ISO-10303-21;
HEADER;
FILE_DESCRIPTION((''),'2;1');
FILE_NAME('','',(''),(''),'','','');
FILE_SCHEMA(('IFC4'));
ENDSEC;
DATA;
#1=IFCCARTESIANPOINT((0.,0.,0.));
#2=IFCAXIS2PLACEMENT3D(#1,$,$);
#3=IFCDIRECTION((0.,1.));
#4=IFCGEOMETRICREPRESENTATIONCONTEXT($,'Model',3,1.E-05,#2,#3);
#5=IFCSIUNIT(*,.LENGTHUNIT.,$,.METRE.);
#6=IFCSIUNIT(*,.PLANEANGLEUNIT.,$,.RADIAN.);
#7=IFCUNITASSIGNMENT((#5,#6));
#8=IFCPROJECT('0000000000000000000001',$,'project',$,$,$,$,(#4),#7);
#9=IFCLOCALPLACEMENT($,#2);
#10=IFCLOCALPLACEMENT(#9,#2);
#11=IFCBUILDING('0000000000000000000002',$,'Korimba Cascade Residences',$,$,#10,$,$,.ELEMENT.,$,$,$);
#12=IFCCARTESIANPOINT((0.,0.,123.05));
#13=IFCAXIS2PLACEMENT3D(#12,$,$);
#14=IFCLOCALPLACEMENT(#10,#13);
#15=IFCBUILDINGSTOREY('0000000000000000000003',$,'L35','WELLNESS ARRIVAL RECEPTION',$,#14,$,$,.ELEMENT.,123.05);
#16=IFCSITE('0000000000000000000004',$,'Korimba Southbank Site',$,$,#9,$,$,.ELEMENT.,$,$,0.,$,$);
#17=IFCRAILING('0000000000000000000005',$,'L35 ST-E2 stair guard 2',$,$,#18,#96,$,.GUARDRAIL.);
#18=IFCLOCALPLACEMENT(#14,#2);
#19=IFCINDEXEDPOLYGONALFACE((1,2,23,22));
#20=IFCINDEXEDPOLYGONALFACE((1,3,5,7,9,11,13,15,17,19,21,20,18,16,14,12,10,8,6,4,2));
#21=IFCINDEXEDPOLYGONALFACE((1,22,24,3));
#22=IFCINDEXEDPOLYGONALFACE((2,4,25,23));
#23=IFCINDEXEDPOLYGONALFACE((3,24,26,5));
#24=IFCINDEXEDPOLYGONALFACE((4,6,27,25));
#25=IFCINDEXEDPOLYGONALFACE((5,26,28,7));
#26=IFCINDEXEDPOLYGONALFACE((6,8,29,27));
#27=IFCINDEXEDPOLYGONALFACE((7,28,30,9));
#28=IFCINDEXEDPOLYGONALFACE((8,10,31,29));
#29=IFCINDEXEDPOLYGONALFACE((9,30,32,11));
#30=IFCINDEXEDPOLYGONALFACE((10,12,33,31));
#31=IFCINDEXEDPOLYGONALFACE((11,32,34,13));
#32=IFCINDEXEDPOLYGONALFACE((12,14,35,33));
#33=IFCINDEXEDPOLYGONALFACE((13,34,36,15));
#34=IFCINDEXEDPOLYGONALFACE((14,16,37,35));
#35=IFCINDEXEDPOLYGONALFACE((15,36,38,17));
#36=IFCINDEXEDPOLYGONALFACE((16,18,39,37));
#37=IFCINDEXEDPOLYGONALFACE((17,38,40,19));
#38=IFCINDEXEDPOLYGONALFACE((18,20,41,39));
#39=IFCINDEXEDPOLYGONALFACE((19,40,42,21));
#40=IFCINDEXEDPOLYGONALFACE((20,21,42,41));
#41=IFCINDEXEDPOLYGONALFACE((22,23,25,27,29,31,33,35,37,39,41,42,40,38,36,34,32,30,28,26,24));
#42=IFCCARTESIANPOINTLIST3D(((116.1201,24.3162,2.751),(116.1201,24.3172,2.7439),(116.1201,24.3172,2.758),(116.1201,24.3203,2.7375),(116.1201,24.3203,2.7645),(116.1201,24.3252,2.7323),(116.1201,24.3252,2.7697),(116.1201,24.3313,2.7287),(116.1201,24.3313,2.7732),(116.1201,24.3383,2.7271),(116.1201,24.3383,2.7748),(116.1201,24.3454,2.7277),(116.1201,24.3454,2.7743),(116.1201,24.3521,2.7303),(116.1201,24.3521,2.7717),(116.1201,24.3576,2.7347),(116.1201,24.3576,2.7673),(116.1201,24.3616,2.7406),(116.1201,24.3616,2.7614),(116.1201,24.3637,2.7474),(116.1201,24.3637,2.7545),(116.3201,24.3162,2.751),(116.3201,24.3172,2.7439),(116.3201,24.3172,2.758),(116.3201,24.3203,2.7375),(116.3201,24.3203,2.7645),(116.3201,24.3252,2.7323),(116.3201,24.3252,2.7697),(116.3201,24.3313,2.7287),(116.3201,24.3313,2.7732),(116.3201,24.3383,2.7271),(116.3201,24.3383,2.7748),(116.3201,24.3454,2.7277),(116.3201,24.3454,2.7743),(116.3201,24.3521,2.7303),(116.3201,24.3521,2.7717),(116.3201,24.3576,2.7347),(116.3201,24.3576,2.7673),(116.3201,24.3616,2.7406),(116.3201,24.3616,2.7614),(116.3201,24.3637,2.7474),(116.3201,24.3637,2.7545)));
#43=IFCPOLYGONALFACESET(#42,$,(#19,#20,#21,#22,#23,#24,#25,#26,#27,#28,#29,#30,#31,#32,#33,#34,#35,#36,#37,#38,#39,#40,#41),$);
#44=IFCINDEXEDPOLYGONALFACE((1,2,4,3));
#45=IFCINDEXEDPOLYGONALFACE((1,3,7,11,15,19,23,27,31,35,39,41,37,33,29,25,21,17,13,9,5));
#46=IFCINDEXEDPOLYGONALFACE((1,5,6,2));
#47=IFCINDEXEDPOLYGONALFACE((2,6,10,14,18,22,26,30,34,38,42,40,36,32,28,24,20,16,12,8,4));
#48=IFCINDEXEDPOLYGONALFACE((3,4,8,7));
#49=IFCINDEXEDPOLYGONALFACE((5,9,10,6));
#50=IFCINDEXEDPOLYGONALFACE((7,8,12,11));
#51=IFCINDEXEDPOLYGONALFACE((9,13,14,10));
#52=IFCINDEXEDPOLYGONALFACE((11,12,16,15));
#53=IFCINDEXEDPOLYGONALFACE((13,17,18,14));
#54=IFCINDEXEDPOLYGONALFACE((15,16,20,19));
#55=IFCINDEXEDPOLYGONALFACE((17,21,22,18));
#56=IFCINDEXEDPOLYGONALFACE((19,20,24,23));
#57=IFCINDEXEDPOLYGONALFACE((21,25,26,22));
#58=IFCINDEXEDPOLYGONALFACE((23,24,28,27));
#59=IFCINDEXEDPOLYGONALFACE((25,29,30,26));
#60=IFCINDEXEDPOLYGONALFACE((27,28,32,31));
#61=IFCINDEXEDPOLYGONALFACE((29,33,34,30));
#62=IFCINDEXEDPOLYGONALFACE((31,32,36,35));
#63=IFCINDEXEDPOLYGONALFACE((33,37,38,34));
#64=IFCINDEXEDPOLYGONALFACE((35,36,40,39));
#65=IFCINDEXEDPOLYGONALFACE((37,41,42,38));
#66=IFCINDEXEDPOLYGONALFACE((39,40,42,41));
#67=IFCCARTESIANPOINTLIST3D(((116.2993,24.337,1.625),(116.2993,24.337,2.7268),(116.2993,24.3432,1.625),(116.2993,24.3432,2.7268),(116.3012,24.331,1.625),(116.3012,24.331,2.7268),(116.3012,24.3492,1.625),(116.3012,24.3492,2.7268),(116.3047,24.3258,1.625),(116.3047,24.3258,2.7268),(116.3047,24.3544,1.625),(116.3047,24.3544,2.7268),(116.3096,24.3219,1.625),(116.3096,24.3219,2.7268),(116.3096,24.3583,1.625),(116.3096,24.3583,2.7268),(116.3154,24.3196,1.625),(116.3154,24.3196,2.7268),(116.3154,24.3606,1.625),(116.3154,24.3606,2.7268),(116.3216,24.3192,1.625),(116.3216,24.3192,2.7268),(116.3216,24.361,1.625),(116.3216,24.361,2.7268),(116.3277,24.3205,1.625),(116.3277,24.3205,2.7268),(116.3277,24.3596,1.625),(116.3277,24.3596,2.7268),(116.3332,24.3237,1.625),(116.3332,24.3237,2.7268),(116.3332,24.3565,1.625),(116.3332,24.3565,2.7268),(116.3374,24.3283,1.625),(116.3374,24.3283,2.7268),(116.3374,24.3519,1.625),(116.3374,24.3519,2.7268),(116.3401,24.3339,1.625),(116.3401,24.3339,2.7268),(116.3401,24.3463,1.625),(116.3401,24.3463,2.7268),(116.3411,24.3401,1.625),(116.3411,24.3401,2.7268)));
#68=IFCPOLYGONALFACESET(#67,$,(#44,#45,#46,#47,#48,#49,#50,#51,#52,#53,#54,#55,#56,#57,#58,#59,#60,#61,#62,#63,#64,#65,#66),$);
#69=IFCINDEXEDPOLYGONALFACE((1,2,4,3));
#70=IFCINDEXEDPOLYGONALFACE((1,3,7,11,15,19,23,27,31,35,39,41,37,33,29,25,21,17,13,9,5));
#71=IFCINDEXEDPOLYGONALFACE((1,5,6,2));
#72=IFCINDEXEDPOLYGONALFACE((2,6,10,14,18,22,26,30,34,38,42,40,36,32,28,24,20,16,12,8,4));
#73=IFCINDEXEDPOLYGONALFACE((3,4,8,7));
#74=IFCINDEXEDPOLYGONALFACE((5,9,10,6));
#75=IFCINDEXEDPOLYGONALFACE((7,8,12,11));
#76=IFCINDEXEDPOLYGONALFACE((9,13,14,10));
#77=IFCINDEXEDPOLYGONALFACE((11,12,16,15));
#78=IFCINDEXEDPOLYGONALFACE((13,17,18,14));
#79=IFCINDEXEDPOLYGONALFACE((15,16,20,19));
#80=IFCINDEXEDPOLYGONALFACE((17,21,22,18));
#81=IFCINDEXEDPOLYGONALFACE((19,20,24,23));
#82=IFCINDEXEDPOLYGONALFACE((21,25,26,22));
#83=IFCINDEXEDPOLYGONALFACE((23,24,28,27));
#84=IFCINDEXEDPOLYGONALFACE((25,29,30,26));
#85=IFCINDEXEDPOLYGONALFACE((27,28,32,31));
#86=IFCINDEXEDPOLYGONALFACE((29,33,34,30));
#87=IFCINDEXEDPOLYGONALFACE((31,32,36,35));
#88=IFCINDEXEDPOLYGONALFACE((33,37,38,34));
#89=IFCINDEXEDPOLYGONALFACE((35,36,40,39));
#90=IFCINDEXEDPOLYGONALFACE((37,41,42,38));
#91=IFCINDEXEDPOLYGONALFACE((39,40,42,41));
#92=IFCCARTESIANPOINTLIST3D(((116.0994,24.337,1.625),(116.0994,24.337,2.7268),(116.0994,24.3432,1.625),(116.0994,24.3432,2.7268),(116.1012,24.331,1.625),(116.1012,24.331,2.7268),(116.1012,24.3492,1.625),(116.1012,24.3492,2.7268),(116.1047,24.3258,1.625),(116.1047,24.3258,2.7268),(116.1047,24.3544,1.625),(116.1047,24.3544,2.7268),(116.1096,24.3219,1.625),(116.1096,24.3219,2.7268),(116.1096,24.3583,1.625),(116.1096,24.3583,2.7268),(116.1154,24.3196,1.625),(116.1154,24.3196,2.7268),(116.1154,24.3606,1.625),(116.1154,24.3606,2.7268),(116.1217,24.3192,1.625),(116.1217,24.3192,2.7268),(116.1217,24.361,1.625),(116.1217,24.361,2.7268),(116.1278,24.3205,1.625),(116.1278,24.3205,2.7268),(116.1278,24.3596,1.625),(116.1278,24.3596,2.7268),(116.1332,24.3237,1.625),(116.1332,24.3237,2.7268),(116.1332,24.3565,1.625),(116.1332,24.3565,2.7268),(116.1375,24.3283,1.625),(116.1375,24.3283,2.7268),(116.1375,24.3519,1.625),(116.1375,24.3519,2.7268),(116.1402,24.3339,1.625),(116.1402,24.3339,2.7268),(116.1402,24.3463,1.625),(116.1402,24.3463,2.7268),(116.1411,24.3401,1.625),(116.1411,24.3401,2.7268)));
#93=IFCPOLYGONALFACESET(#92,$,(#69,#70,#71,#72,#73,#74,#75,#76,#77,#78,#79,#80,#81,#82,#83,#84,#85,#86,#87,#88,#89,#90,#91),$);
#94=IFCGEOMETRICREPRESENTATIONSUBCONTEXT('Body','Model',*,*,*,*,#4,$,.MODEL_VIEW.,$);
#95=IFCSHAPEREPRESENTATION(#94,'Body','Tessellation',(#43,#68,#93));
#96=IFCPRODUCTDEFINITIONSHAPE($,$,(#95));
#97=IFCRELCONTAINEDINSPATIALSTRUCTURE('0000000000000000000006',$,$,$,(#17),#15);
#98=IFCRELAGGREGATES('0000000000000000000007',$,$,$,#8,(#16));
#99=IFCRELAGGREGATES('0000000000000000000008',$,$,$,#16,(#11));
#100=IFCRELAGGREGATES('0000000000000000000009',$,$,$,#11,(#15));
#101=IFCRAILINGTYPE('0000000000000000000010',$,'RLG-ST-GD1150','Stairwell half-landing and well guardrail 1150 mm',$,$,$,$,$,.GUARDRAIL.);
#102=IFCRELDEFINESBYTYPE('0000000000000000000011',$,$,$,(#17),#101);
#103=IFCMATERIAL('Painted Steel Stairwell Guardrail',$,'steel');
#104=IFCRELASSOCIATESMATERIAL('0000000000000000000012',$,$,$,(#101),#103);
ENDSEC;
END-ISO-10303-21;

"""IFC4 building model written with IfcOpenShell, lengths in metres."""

from ifc_helpers import new_model, si_unit, direction, frame, origin, origin_2d, place, context, subcontext, project, spatial, circle, extrude, material, type_object, element, save


model = new_model("IFC4")

# Units and contexts
model_context = context("Model", 3, precision=1e-05, world=origin(), true_north=direction((0.0, 1.0)))
body_context = subcontext(model_context, "Body", "Model", "MODEL_VIEW")
ifc_project = project(units=[si_unit("LENGTHUNIT", "METRE"), si_unit("PLANEANGLEUNIT", "RADIAN")], contexts=[model_context])

# Site, building, storey
site_placement = place(None, origin())
site = spatial("IfcSite", under=ifc_project, at=site_placement, Name="Korimba Southbank Site", CompositionType="ELEMENT", RefElevation=0.0)
building_placement = place(site_placement, origin())
building = spatial("IfcBuilding", under=site, at=building_placement, Name="Korimba Cascade Residences", CompositionType="ELEMENT")
storey_placement = place(building_placement, frame((0.0, 0.0, 123.05)))
storey = spatial("IfcBuildingStorey", under=building, at=storey_placement, Name="L35", Description="WELLNESS ARRIVAL RECEPTION", CompositionType="ELEMENT", Elevation=123.05)

# Railing
ifc_material_1 = material(Name="Painted Steel Stairwell Guardrail", Category="steel")
railing_type_1 = type_object("IfcRailingType", Name="RLG-ST-GD1150", Description="Stairwell half-landing and well guardrail 1150 mm", PredefinedType="GUARDRAIL", material=ifc_material_1)
railing_1_placement = place(storey_placement, frame((116.3201, 24.3401, 1.625)))
element("IfcRailing", 1, at=railing_1_placement, inside=storey, type_object=railing_type_1, Name="L35 ST-E2 stair guard 2", PredefinedType="GUARDRAIL", context=body_context, shape_type="SweptSolid", body=[
    extrude(circle(Radius=0.0239, at=origin_2d()), frame((0.0, 0.0, 1.126), z_axis=(-1.0, 0.0, 0.0), x_axis=(0.0, -1.0, 0.0)), (0.0, 0.0, 1.0), 0.2),
    extrude(circle(Radius=0.021, at=origin_2d()), origin(), (0.0, 0.0, 1.0), 1.1018),
    extrude(circle(Radius=0.021, at=origin_2d()), frame((-0.2, 0.0, 0.0)), (0.0, 0.0, 1.0), 1.1018),
])

save(model, "model.ifc")
